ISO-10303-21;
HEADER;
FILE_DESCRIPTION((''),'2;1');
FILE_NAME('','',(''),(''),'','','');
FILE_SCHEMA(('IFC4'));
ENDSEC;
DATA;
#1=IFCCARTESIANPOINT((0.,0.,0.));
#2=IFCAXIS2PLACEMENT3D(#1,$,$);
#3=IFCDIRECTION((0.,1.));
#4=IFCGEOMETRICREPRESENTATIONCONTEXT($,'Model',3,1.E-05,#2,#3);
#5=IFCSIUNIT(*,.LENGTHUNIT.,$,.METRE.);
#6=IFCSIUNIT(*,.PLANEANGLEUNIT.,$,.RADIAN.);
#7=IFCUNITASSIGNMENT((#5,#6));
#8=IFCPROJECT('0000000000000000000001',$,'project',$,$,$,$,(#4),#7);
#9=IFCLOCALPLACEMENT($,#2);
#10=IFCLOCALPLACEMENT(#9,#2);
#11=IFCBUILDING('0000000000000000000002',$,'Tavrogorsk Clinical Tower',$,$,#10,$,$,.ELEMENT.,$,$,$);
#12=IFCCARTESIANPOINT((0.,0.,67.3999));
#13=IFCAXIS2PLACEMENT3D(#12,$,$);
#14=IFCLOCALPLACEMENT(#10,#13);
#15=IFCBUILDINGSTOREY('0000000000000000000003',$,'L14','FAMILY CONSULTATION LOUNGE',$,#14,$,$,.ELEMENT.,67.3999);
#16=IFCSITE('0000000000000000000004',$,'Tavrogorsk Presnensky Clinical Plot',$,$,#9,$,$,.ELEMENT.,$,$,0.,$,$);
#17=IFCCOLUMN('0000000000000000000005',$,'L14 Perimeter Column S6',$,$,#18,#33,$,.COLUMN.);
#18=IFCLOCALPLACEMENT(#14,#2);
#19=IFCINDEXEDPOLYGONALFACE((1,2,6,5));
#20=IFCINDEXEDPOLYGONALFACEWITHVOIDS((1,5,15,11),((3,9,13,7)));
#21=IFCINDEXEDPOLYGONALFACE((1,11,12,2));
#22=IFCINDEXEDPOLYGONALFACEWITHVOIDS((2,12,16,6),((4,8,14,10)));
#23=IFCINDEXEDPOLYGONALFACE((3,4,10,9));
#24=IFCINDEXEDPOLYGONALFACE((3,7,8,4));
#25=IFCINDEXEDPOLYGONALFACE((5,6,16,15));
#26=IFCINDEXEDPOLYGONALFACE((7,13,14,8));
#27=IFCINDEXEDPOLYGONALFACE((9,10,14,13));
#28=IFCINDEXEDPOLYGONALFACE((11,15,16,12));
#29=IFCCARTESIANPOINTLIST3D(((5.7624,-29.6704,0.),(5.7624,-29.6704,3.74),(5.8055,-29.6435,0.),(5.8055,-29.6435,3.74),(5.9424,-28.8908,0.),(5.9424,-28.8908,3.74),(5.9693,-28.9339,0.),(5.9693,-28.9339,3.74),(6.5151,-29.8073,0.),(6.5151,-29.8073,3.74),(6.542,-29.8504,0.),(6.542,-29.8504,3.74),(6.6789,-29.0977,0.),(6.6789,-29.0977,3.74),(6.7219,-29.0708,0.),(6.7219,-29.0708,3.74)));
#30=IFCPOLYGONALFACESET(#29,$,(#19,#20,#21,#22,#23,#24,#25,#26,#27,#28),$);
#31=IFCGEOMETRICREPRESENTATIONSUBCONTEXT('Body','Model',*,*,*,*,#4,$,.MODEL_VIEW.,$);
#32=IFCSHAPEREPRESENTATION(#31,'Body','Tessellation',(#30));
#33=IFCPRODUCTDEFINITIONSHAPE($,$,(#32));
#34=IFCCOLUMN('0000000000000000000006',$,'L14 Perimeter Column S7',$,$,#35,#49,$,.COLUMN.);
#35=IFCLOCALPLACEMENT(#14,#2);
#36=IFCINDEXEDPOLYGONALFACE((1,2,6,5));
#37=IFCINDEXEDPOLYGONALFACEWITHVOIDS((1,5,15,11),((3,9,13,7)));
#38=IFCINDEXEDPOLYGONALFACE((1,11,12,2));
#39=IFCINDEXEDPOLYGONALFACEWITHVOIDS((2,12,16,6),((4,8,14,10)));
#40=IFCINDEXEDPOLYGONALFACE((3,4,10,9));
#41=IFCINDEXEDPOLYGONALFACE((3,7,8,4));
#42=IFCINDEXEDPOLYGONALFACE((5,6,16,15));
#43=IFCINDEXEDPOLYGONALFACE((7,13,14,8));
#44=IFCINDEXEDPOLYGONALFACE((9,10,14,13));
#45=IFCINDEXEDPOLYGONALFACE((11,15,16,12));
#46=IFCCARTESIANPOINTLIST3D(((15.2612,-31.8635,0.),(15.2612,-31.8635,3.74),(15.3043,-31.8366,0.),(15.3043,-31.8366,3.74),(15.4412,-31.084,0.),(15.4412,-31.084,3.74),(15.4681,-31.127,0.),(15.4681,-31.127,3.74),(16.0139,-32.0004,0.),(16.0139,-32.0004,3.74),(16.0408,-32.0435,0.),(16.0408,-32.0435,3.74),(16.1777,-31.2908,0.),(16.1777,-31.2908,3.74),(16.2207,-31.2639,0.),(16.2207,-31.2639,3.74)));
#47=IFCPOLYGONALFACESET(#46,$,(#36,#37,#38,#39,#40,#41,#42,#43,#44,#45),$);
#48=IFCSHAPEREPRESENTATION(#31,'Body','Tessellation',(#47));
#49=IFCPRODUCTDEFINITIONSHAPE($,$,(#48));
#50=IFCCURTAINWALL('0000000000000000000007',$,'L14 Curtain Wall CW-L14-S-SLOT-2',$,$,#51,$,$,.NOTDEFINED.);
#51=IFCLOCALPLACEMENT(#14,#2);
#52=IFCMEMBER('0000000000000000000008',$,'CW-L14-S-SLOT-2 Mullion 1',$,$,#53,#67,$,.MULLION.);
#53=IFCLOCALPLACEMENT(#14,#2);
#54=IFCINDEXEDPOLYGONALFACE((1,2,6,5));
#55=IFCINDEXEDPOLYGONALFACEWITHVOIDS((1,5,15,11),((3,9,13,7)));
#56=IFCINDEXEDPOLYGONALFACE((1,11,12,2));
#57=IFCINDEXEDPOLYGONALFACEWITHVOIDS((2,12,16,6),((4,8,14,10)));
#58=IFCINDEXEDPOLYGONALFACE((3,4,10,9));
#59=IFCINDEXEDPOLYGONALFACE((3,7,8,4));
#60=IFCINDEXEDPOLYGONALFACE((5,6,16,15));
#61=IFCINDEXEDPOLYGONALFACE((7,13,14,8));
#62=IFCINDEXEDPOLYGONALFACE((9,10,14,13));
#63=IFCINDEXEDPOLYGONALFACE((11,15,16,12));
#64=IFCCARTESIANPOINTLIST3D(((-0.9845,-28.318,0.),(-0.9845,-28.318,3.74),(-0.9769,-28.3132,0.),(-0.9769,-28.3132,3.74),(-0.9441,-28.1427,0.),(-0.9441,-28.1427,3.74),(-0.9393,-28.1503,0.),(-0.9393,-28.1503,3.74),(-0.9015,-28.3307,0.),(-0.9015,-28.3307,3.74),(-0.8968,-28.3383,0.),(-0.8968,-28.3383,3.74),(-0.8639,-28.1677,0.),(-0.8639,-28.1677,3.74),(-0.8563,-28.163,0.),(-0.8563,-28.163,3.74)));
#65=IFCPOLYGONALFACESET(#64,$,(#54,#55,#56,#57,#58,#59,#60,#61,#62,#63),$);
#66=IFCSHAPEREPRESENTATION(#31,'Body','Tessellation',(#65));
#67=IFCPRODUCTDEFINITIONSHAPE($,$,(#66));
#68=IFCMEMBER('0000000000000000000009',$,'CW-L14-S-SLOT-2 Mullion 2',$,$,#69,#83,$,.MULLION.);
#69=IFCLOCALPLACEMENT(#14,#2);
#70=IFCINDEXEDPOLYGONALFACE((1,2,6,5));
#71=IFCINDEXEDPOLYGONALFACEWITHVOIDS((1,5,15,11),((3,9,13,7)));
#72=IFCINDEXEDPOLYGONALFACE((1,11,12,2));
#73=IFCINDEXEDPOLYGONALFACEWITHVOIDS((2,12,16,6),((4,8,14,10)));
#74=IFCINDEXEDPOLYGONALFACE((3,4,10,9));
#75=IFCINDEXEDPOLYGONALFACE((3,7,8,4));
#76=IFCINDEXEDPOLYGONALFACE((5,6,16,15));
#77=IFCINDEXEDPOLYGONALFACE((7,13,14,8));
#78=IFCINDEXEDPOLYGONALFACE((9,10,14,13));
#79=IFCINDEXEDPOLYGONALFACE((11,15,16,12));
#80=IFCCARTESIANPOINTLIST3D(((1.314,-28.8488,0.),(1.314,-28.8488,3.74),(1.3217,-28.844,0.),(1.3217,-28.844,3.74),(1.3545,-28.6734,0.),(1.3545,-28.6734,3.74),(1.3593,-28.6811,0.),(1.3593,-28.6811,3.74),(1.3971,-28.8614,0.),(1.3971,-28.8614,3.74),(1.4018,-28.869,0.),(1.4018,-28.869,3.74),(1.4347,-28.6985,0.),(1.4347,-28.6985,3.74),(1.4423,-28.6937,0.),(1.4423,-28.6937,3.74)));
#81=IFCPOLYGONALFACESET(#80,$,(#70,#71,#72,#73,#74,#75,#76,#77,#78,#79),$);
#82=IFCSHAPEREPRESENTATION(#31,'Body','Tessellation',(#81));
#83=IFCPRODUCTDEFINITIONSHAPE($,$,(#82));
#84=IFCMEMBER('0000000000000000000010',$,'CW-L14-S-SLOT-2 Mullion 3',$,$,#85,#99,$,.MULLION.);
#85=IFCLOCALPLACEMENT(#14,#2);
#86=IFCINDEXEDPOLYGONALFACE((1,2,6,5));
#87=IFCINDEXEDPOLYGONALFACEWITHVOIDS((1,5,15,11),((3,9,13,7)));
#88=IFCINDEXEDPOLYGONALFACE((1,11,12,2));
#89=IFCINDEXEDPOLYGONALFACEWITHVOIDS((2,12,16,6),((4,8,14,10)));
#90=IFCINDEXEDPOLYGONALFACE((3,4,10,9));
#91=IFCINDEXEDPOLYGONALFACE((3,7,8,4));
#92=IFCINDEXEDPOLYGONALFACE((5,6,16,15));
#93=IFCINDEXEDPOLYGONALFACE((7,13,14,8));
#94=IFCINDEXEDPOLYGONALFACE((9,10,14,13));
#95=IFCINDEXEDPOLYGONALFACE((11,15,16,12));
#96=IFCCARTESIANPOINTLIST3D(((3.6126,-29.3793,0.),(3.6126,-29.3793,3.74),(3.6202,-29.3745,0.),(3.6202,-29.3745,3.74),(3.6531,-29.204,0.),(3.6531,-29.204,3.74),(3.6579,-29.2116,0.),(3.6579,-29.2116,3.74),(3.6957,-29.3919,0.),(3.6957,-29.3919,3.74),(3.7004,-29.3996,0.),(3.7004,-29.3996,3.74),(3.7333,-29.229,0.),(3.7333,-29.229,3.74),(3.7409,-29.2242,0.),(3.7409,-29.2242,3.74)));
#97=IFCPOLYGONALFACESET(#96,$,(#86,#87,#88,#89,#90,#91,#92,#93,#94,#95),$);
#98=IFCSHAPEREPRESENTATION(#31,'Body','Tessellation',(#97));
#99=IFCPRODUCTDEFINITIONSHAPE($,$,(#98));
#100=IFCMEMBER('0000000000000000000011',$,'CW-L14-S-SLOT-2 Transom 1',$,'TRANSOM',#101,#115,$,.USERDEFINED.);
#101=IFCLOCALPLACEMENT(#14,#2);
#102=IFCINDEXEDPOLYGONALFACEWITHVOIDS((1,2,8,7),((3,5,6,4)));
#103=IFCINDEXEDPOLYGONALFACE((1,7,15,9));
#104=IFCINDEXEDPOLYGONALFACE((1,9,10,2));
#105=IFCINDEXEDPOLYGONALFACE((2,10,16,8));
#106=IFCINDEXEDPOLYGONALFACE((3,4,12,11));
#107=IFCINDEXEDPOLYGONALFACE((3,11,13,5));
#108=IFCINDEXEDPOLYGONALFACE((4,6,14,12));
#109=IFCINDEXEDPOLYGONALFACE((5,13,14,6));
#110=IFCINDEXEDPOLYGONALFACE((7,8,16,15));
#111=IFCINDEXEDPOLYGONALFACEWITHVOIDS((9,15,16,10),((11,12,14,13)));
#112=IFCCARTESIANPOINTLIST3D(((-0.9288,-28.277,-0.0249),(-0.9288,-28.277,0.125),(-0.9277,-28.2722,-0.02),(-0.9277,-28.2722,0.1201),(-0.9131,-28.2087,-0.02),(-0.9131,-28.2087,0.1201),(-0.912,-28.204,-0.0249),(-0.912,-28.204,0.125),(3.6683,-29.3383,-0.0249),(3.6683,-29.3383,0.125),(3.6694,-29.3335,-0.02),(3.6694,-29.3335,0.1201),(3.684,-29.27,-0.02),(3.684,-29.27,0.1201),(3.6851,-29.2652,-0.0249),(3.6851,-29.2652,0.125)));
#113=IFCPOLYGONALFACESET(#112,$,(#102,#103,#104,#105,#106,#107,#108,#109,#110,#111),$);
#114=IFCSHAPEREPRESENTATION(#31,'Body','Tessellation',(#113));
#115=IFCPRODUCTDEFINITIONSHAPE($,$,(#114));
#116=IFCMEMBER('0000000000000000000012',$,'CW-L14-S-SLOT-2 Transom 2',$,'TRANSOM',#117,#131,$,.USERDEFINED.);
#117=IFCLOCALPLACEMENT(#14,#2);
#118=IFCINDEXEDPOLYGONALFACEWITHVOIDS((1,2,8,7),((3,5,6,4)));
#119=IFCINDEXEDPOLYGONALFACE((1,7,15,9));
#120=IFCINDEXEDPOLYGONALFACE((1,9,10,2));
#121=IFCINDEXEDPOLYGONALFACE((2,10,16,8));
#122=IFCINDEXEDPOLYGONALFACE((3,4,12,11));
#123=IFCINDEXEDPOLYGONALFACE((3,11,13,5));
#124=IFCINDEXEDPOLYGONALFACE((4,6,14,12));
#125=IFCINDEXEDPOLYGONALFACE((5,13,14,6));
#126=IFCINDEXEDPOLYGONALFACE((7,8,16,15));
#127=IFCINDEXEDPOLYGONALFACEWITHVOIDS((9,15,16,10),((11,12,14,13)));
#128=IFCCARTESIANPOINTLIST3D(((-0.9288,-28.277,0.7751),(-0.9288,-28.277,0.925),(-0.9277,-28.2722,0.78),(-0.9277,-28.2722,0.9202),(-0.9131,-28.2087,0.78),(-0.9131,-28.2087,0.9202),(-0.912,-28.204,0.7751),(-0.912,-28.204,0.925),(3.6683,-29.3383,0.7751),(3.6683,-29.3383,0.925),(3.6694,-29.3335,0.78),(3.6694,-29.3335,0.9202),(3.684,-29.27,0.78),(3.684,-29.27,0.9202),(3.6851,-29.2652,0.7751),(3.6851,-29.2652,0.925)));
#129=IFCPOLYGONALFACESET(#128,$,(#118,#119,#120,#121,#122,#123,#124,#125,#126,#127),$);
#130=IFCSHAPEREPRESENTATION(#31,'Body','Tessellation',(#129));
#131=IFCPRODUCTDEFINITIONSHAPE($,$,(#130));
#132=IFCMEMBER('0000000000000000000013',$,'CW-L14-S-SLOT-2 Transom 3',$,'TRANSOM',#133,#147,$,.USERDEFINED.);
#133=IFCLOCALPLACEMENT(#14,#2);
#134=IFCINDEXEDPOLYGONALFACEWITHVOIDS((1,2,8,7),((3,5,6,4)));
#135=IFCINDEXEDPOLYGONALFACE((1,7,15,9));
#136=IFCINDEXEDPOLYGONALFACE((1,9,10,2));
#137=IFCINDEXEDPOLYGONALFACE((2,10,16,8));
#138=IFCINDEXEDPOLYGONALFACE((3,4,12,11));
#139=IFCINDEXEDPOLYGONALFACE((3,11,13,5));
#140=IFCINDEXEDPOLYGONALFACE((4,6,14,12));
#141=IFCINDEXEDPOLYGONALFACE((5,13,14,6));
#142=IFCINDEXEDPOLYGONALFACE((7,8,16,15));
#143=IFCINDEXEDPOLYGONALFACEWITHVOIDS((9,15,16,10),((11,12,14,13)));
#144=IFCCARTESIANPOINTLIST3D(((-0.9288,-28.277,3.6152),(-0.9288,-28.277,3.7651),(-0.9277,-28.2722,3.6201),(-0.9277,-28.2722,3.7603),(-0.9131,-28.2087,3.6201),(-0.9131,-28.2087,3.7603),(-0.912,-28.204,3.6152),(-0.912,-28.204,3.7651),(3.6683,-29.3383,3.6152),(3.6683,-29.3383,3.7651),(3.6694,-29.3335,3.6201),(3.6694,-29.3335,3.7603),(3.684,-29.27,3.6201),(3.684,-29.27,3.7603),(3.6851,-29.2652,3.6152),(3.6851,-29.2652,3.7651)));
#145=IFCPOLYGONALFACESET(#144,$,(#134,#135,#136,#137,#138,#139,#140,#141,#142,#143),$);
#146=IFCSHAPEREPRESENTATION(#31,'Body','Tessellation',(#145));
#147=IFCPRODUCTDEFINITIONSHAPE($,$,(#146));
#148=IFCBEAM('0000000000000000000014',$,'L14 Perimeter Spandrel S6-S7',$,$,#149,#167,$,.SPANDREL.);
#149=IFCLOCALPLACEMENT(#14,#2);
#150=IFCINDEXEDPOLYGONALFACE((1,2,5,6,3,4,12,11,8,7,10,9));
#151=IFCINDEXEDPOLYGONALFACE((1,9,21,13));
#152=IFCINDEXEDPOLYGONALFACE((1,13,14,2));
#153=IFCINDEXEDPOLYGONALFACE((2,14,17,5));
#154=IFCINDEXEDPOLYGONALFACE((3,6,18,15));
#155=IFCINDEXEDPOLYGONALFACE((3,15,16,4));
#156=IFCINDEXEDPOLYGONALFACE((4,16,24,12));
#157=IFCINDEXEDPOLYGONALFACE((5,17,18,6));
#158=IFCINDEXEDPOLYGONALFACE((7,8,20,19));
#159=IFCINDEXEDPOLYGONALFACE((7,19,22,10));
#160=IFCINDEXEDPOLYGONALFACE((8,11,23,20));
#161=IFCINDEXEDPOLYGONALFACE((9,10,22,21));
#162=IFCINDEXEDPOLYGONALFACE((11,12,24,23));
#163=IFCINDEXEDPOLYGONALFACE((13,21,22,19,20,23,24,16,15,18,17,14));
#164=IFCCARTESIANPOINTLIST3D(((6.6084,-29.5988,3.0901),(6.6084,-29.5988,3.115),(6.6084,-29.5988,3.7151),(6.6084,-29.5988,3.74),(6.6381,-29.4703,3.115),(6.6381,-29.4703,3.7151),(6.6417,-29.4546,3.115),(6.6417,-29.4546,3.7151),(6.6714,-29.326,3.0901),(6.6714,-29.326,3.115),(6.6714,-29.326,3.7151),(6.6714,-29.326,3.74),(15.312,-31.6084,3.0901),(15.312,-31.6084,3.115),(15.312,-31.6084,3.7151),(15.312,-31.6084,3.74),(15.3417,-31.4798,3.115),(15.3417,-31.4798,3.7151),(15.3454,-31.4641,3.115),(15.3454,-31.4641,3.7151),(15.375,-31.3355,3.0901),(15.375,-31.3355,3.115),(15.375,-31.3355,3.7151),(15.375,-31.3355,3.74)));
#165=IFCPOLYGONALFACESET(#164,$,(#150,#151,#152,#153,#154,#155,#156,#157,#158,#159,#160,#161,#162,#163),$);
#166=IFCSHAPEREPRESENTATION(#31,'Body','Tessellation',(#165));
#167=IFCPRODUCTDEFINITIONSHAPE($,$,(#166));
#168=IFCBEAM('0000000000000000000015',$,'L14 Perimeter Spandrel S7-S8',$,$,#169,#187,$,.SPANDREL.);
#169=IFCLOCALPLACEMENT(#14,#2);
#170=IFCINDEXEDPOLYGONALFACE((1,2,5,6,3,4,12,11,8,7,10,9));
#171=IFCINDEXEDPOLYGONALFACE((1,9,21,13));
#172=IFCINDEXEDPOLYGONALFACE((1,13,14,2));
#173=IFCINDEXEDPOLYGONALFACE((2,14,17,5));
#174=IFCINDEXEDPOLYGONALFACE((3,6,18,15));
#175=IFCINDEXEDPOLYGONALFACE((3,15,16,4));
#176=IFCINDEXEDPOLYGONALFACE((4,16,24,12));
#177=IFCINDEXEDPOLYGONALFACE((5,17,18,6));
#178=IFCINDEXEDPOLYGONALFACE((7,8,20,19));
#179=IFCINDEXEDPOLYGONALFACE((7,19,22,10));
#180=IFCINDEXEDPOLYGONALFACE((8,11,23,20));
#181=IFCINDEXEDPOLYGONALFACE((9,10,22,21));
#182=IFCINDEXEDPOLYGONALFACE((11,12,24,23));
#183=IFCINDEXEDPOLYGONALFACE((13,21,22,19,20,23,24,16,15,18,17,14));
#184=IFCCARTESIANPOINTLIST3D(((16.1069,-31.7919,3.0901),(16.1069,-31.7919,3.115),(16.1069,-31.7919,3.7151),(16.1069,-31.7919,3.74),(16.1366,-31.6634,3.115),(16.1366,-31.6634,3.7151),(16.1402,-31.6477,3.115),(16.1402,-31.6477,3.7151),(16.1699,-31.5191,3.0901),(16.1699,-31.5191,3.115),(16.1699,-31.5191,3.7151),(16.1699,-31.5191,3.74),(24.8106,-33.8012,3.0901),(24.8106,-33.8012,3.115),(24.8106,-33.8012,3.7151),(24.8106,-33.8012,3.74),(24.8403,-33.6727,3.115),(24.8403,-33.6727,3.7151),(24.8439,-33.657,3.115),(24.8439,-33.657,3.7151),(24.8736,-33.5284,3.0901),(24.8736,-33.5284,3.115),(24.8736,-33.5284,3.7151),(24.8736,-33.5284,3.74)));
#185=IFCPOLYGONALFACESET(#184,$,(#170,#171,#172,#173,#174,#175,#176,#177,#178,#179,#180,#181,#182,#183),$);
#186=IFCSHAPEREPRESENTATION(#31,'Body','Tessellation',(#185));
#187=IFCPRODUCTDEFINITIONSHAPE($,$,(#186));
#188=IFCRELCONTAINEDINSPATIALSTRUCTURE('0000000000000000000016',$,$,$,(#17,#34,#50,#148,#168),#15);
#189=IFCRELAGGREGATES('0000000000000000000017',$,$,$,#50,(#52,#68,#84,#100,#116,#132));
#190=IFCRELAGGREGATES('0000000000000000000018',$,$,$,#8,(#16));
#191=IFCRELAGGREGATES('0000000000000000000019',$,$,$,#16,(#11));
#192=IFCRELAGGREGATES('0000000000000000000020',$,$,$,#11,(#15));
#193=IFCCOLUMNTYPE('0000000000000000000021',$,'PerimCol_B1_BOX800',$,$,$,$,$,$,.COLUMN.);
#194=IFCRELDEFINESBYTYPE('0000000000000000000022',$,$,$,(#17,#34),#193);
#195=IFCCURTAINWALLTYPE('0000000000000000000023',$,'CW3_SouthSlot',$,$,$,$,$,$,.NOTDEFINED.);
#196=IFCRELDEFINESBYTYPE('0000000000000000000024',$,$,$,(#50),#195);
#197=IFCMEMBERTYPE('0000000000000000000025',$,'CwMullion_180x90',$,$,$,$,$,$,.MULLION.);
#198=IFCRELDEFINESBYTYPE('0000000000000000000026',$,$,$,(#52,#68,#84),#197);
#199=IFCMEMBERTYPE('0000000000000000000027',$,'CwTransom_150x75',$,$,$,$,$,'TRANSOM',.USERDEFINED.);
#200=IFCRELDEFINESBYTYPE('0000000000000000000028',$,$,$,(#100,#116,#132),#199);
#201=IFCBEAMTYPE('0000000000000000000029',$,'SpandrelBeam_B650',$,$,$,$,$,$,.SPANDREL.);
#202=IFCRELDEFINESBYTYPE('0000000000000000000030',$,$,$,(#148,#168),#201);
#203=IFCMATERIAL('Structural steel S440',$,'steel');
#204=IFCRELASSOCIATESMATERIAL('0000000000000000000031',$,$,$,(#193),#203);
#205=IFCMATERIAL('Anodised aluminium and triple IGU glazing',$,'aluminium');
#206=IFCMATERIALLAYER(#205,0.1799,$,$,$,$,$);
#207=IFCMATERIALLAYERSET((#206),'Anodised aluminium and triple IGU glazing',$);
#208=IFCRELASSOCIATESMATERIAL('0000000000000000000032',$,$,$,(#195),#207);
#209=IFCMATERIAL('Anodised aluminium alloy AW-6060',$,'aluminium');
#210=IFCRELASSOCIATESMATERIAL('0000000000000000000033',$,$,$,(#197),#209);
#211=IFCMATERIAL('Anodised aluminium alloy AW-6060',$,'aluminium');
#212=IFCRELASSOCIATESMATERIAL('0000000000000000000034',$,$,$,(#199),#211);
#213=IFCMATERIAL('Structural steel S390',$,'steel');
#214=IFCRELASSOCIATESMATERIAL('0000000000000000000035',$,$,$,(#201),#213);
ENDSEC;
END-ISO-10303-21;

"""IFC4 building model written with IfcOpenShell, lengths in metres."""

from ifc_helpers import new_model, si_unit, direction, frame, origin, origin_2d, place, context, subcontext, project, spatial, hollow_rectangle, i_section, extrude, material, layer, layer_set, material_profile, profile_set, type_object, element, aggregate, save


model = new_model("IFC4")

# Units and contexts
model_context = context("Model", 3, precision=1e-05, world=origin(), true_north=direction((0.0, 1.0)))
body_context = subcontext(model_context, "Body", "Model", "MODEL_VIEW")
ifc_project = project(units=[si_unit("LENGTHUNIT", "METRE"), si_unit("PLANEANGLEUNIT", "RADIAN")], contexts=[model_context])

# Site, building, storey
site_placement = place(None, origin())
site = spatial("IfcSite", under=ifc_project, at=site_placement, Name="Tavrogorsk Presnensky Clinical Plot", CompositionType="ELEMENT", RefElevation=0.0)
building_placement = place(site_placement, origin())
building = spatial("IfcBuilding", under=site, at=building_placement, Name="Tavrogorsk Clinical Tower", CompositionType="ELEMENT")
storey_placement = place(building_placement, frame((0.0, 0.0, 67.3999)))
storey = spatial("IfcBuildingStorey", under=building, at=storey_placement, Name="L14", Description="FAMILY CONSULTATION LOUNGE", CompositionType="ELEMENT", Elevation=67.3999)

# Columns
ifc_material_1 = material(Name="Structural steel S440", Category="steel")
ifc_material_profile_1 = material_profile(ifc_material_1, hollow_rectangle(XDim=0.8, YDim=0.8, WallThickness=0.0359, at=origin_2d()), Name="BOX-800x800x36")
ifc_profile_set_1 = profile_set([ifc_material_profile_1], Name="Structural steel S440")
column_type = type_object("IfcColumnType", Name="PerimCol_B1_BOX800", PredefinedType="COLUMN", material=ifc_profile_set_1)
for number, where, z_axis, x_axis, name in (
    (1, (6.2422, -29.3706, 0.0), (0.0, 0.0, 1.0), (0.97437, -0.224951, 0.0), "L14 Perimeter Column S6"),
    (2, (15.741, -31.5637, 0.0), (0.0, 0.0, 1.0), (0.97437, -0.224951, 0.0), "L14 Perimeter Column S7"),
):
    element("IfcColumn", number, at=place(storey_placement, frame(where, z_axis=z_axis, x_axis=x_axis)), inside=storey, type_object=column_type, Name=name, PredefinedType="COLUMN", context=body_context, shape_type="SweptSolid", body=[
        extrude(hollow_rectangle(XDim=0.8, YDim=0.8, WallThickness=0.0359, at=origin_2d()), origin(), (0.0, 0.0, 1.0), 3.74),
    ])

# Curtain wall, members
ifc_material_2 = material(Name="Anodised aluminium and triple IGU glazing", Category="aluminium")
ifc_layer_1 = layer(ifc_material_2, 0.1799)
ifc_layer_set_1 = layer_set([ifc_layer_1], Name="Anodised aluminium and triple IGU glazing")
curtain_wall_type = type_object("IfcCurtainWallType", Name="CW3_SouthSlot", PredefinedType="NOTDEFINED", material=ifc_layer_set_1)
curtain_wall_placement = place(storey_placement, origin())
curtain_wall = element("IfcCurtainWall", 3, at=curtain_wall_placement, inside=storey, type_object=curtain_wall_type, Name="L14 Curtain Wall CW-L14-S-SLOT-2", PredefinedType="NOTDEFINED")
ifc_material_3 = material(Name="Anodised aluminium alloy AW-6060", Category="aluminium")
ifc_material_profile_2 = material_profile(ifc_material_3, hollow_rectangle(XDim=0.0901, YDim=0.1799, WallThickness=0.0063, at=origin_2d()), Name="RHS-180x90x6.3")
ifc_profile_set_2 = profile_set([ifc_material_profile_2], Name="Anodised aluminium alloy AW-6060")
member_type_1 = type_object("IfcMemberType", Name="CwMullion_180x90", PredefinedType="MULLION", material=ifc_profile_set_2)
member_1_placement = place(storey_placement, frame((-0.9204, -28.2405, 0.0), z_axis=(0.0, 0.0, 1.0), x_axis=(0.97437, -0.224951, 0.0)))
member_1 = element("IfcMember", 4, at=member_1_placement, type_object=member_type_1, Name="CW-L14-S-SLOT-2 Mullion 1", PredefinedType="MULLION", context=body_context, shape_type="SweptSolid", body=[
    extrude(hollow_rectangle(XDim=0.0901, YDim=0.1799, WallThickness=0.0063, at=origin_2d()), origin(), (0.0, 0.0, 1.0), 3.74),
])
member_2_placement = place(storey_placement, frame((1.3782, -28.7712, 0.0), z_axis=(0.0, 0.0, 1.0), x_axis=(0.97437, -0.224951, 0.0)))
member_2 = element("IfcMember", 5, at=member_2_placement, type_object=member_type_1, Name="CW-L14-S-SLOT-2 Mullion 2", PredefinedType="MULLION", context=body_context, shape_type="SweptSolid", body=[
    extrude(hollow_rectangle(XDim=0.0901, YDim=0.1799, WallThickness=0.0063, at=origin_2d()), origin(), (0.0, 0.0, 1.0), 3.74),
])
member_3_placement = place(storey_placement, frame((3.6768, -29.3018, 0.0), z_axis=(0.0, 0.0, 1.0), x_axis=(0.97437, -0.224951, 0.0)))
member_3 = element("IfcMember", 6, at=member_3_placement, type_object=member_type_1, Name="CW-L14-S-SLOT-2 Mullion 3", PredefinedType="MULLION", context=body_context, shape_type="SweptSolid", body=[
    extrude(hollow_rectangle(XDim=0.0901, YDim=0.1799, WallThickness=0.0063, at=origin_2d()), origin(), (0.0, 0.0, 1.0), 3.74),
])
ifc_material_4 = material(Name="Anodised aluminium alloy AW-6060", Category="aluminium")
ifc_material_profile_3 = material_profile(ifc_material_4, hollow_rectangle(XDim=0.075, YDim=0.1499, WallThickness=0.0049, at=origin_2d()), Name="RHS-150x75x5")
ifc_profile_set_3 = profile_set([ifc_material_profile_3], Name="Anodised aluminium alloy AW-6060")
member_type_2 = type_object("IfcMemberType", Name="CwTransom_150x75", ElementType="TRANSOM", PredefinedType="USERDEFINED", material=ifc_profile_set_3)
member_4_placement = place(storey_placement, frame((-0.9204, -28.2405, 0.05), z_axis=(0.974373, -0.224939, 0.0), x_axis=(0.224939, 0.974373, 0.0)))
member_4 = element("IfcMember", 7, at=member_4_placement, type_object=member_type_2, Name="CW-L14-S-SLOT-2 Transom 1", ObjectType="TRANSOM", PredefinedType="USERDEFINED", context=body_context, shape_type="SweptSolid", body=[
    extrude(hollow_rectangle(XDim=0.075, YDim=0.1499, WallThickness=0.0049, at=origin_2d()), origin(), (0.0, 0.0, 1.0), 4.718),
])
member_5_placement = place(storey_placement, frame((-0.9204, -28.2405, 0.8501), z_axis=(0.974373, -0.224939, 0.0), x_axis=(0.224939, 0.974373, 0.0)))
member_5 = element("IfcMember", 8, at=member_5_placement, type_object=member_type_2, Name="CW-L14-S-SLOT-2 Transom 2", ObjectType="TRANSOM", PredefinedType="USERDEFINED", context=body_context, shape_type="SweptSolid", body=[
    extrude(hollow_rectangle(XDim=0.075, YDim=0.1499, WallThickness=0.0049, at=origin_2d()), origin(), (0.0, 0.0, 1.0), 4.718),
])
member_6_placement = place(storey_placement, frame((-0.9204, -28.2405, 3.6902), z_axis=(0.974373, -0.224939, 0.0), x_axis=(0.224939, 0.974373, 0.0)))
member_6 = element("IfcMember", 9, at=member_6_placement, type_object=member_type_2, Name="CW-L14-S-SLOT-2 Transom 3", ObjectType="TRANSOM", PredefinedType="USERDEFINED", context=body_context, shape_type="SweptSolid", body=[
    extrude(hollow_rectangle(XDim=0.075, YDim=0.1499, WallThickness=0.0049, at=origin_2d()), origin(), (0.0, 0.0, 1.0), 4.718),
])

# Beams
ifc_material_5 = material(Name="Structural steel S390", Category="steel")
ifc_material_profile_4 = material_profile(ifc_material_5, i_section(OverallWidth=0.28, OverallDepth=0.6499, WebThickness=0.0161, FlangeThickness=0.0249, at=origin_2d()), Name="B-650x280x16x25")
ifc_profile_set_4 = profile_set([ifc_material_profile_4], Name="Structural steel S390")
beam_type = type_object("IfcBeamType", Name="SpandrelBeam_B650", PredefinedType="SPANDREL", material=ifc_profile_set_4)
for number, where, z_axis, x_axis, name in (
    (10, (6.6399, -29.4624, 3.415), (0.974367, -0.224965, 0.0), (0.224965, 0.974367, 0.0), "L14 Perimeter Spandrel S6-S7"),
    (11, (16.1384, -31.6555, 3.415), (0.974373, -0.224939, 0.0), (0.224939, 0.974373, 0.0), "L14 Perimeter Spandrel S7-S8"),
):
    element("IfcBeam", number, at=place(storey_placement, frame(where, z_axis=z_axis, x_axis=x_axis)), inside=storey, type_object=beam_type, Name=name, PredefinedType="SPANDREL", context=body_context, shape_type="SweptSolid", body=[
        extrude(i_section(OverallWidth=0.28, OverallDepth=0.6499, WebThickness=0.0161, FlangeThickness=0.0249, at=origin_2d()), origin(), (0.0, 0.0, 1.0), 8.9326),
    ])

aggregate(curtain_wall, [member_1, member_2, member_3, member_4, member_5, member_6])

save(model, "model.ifc")
